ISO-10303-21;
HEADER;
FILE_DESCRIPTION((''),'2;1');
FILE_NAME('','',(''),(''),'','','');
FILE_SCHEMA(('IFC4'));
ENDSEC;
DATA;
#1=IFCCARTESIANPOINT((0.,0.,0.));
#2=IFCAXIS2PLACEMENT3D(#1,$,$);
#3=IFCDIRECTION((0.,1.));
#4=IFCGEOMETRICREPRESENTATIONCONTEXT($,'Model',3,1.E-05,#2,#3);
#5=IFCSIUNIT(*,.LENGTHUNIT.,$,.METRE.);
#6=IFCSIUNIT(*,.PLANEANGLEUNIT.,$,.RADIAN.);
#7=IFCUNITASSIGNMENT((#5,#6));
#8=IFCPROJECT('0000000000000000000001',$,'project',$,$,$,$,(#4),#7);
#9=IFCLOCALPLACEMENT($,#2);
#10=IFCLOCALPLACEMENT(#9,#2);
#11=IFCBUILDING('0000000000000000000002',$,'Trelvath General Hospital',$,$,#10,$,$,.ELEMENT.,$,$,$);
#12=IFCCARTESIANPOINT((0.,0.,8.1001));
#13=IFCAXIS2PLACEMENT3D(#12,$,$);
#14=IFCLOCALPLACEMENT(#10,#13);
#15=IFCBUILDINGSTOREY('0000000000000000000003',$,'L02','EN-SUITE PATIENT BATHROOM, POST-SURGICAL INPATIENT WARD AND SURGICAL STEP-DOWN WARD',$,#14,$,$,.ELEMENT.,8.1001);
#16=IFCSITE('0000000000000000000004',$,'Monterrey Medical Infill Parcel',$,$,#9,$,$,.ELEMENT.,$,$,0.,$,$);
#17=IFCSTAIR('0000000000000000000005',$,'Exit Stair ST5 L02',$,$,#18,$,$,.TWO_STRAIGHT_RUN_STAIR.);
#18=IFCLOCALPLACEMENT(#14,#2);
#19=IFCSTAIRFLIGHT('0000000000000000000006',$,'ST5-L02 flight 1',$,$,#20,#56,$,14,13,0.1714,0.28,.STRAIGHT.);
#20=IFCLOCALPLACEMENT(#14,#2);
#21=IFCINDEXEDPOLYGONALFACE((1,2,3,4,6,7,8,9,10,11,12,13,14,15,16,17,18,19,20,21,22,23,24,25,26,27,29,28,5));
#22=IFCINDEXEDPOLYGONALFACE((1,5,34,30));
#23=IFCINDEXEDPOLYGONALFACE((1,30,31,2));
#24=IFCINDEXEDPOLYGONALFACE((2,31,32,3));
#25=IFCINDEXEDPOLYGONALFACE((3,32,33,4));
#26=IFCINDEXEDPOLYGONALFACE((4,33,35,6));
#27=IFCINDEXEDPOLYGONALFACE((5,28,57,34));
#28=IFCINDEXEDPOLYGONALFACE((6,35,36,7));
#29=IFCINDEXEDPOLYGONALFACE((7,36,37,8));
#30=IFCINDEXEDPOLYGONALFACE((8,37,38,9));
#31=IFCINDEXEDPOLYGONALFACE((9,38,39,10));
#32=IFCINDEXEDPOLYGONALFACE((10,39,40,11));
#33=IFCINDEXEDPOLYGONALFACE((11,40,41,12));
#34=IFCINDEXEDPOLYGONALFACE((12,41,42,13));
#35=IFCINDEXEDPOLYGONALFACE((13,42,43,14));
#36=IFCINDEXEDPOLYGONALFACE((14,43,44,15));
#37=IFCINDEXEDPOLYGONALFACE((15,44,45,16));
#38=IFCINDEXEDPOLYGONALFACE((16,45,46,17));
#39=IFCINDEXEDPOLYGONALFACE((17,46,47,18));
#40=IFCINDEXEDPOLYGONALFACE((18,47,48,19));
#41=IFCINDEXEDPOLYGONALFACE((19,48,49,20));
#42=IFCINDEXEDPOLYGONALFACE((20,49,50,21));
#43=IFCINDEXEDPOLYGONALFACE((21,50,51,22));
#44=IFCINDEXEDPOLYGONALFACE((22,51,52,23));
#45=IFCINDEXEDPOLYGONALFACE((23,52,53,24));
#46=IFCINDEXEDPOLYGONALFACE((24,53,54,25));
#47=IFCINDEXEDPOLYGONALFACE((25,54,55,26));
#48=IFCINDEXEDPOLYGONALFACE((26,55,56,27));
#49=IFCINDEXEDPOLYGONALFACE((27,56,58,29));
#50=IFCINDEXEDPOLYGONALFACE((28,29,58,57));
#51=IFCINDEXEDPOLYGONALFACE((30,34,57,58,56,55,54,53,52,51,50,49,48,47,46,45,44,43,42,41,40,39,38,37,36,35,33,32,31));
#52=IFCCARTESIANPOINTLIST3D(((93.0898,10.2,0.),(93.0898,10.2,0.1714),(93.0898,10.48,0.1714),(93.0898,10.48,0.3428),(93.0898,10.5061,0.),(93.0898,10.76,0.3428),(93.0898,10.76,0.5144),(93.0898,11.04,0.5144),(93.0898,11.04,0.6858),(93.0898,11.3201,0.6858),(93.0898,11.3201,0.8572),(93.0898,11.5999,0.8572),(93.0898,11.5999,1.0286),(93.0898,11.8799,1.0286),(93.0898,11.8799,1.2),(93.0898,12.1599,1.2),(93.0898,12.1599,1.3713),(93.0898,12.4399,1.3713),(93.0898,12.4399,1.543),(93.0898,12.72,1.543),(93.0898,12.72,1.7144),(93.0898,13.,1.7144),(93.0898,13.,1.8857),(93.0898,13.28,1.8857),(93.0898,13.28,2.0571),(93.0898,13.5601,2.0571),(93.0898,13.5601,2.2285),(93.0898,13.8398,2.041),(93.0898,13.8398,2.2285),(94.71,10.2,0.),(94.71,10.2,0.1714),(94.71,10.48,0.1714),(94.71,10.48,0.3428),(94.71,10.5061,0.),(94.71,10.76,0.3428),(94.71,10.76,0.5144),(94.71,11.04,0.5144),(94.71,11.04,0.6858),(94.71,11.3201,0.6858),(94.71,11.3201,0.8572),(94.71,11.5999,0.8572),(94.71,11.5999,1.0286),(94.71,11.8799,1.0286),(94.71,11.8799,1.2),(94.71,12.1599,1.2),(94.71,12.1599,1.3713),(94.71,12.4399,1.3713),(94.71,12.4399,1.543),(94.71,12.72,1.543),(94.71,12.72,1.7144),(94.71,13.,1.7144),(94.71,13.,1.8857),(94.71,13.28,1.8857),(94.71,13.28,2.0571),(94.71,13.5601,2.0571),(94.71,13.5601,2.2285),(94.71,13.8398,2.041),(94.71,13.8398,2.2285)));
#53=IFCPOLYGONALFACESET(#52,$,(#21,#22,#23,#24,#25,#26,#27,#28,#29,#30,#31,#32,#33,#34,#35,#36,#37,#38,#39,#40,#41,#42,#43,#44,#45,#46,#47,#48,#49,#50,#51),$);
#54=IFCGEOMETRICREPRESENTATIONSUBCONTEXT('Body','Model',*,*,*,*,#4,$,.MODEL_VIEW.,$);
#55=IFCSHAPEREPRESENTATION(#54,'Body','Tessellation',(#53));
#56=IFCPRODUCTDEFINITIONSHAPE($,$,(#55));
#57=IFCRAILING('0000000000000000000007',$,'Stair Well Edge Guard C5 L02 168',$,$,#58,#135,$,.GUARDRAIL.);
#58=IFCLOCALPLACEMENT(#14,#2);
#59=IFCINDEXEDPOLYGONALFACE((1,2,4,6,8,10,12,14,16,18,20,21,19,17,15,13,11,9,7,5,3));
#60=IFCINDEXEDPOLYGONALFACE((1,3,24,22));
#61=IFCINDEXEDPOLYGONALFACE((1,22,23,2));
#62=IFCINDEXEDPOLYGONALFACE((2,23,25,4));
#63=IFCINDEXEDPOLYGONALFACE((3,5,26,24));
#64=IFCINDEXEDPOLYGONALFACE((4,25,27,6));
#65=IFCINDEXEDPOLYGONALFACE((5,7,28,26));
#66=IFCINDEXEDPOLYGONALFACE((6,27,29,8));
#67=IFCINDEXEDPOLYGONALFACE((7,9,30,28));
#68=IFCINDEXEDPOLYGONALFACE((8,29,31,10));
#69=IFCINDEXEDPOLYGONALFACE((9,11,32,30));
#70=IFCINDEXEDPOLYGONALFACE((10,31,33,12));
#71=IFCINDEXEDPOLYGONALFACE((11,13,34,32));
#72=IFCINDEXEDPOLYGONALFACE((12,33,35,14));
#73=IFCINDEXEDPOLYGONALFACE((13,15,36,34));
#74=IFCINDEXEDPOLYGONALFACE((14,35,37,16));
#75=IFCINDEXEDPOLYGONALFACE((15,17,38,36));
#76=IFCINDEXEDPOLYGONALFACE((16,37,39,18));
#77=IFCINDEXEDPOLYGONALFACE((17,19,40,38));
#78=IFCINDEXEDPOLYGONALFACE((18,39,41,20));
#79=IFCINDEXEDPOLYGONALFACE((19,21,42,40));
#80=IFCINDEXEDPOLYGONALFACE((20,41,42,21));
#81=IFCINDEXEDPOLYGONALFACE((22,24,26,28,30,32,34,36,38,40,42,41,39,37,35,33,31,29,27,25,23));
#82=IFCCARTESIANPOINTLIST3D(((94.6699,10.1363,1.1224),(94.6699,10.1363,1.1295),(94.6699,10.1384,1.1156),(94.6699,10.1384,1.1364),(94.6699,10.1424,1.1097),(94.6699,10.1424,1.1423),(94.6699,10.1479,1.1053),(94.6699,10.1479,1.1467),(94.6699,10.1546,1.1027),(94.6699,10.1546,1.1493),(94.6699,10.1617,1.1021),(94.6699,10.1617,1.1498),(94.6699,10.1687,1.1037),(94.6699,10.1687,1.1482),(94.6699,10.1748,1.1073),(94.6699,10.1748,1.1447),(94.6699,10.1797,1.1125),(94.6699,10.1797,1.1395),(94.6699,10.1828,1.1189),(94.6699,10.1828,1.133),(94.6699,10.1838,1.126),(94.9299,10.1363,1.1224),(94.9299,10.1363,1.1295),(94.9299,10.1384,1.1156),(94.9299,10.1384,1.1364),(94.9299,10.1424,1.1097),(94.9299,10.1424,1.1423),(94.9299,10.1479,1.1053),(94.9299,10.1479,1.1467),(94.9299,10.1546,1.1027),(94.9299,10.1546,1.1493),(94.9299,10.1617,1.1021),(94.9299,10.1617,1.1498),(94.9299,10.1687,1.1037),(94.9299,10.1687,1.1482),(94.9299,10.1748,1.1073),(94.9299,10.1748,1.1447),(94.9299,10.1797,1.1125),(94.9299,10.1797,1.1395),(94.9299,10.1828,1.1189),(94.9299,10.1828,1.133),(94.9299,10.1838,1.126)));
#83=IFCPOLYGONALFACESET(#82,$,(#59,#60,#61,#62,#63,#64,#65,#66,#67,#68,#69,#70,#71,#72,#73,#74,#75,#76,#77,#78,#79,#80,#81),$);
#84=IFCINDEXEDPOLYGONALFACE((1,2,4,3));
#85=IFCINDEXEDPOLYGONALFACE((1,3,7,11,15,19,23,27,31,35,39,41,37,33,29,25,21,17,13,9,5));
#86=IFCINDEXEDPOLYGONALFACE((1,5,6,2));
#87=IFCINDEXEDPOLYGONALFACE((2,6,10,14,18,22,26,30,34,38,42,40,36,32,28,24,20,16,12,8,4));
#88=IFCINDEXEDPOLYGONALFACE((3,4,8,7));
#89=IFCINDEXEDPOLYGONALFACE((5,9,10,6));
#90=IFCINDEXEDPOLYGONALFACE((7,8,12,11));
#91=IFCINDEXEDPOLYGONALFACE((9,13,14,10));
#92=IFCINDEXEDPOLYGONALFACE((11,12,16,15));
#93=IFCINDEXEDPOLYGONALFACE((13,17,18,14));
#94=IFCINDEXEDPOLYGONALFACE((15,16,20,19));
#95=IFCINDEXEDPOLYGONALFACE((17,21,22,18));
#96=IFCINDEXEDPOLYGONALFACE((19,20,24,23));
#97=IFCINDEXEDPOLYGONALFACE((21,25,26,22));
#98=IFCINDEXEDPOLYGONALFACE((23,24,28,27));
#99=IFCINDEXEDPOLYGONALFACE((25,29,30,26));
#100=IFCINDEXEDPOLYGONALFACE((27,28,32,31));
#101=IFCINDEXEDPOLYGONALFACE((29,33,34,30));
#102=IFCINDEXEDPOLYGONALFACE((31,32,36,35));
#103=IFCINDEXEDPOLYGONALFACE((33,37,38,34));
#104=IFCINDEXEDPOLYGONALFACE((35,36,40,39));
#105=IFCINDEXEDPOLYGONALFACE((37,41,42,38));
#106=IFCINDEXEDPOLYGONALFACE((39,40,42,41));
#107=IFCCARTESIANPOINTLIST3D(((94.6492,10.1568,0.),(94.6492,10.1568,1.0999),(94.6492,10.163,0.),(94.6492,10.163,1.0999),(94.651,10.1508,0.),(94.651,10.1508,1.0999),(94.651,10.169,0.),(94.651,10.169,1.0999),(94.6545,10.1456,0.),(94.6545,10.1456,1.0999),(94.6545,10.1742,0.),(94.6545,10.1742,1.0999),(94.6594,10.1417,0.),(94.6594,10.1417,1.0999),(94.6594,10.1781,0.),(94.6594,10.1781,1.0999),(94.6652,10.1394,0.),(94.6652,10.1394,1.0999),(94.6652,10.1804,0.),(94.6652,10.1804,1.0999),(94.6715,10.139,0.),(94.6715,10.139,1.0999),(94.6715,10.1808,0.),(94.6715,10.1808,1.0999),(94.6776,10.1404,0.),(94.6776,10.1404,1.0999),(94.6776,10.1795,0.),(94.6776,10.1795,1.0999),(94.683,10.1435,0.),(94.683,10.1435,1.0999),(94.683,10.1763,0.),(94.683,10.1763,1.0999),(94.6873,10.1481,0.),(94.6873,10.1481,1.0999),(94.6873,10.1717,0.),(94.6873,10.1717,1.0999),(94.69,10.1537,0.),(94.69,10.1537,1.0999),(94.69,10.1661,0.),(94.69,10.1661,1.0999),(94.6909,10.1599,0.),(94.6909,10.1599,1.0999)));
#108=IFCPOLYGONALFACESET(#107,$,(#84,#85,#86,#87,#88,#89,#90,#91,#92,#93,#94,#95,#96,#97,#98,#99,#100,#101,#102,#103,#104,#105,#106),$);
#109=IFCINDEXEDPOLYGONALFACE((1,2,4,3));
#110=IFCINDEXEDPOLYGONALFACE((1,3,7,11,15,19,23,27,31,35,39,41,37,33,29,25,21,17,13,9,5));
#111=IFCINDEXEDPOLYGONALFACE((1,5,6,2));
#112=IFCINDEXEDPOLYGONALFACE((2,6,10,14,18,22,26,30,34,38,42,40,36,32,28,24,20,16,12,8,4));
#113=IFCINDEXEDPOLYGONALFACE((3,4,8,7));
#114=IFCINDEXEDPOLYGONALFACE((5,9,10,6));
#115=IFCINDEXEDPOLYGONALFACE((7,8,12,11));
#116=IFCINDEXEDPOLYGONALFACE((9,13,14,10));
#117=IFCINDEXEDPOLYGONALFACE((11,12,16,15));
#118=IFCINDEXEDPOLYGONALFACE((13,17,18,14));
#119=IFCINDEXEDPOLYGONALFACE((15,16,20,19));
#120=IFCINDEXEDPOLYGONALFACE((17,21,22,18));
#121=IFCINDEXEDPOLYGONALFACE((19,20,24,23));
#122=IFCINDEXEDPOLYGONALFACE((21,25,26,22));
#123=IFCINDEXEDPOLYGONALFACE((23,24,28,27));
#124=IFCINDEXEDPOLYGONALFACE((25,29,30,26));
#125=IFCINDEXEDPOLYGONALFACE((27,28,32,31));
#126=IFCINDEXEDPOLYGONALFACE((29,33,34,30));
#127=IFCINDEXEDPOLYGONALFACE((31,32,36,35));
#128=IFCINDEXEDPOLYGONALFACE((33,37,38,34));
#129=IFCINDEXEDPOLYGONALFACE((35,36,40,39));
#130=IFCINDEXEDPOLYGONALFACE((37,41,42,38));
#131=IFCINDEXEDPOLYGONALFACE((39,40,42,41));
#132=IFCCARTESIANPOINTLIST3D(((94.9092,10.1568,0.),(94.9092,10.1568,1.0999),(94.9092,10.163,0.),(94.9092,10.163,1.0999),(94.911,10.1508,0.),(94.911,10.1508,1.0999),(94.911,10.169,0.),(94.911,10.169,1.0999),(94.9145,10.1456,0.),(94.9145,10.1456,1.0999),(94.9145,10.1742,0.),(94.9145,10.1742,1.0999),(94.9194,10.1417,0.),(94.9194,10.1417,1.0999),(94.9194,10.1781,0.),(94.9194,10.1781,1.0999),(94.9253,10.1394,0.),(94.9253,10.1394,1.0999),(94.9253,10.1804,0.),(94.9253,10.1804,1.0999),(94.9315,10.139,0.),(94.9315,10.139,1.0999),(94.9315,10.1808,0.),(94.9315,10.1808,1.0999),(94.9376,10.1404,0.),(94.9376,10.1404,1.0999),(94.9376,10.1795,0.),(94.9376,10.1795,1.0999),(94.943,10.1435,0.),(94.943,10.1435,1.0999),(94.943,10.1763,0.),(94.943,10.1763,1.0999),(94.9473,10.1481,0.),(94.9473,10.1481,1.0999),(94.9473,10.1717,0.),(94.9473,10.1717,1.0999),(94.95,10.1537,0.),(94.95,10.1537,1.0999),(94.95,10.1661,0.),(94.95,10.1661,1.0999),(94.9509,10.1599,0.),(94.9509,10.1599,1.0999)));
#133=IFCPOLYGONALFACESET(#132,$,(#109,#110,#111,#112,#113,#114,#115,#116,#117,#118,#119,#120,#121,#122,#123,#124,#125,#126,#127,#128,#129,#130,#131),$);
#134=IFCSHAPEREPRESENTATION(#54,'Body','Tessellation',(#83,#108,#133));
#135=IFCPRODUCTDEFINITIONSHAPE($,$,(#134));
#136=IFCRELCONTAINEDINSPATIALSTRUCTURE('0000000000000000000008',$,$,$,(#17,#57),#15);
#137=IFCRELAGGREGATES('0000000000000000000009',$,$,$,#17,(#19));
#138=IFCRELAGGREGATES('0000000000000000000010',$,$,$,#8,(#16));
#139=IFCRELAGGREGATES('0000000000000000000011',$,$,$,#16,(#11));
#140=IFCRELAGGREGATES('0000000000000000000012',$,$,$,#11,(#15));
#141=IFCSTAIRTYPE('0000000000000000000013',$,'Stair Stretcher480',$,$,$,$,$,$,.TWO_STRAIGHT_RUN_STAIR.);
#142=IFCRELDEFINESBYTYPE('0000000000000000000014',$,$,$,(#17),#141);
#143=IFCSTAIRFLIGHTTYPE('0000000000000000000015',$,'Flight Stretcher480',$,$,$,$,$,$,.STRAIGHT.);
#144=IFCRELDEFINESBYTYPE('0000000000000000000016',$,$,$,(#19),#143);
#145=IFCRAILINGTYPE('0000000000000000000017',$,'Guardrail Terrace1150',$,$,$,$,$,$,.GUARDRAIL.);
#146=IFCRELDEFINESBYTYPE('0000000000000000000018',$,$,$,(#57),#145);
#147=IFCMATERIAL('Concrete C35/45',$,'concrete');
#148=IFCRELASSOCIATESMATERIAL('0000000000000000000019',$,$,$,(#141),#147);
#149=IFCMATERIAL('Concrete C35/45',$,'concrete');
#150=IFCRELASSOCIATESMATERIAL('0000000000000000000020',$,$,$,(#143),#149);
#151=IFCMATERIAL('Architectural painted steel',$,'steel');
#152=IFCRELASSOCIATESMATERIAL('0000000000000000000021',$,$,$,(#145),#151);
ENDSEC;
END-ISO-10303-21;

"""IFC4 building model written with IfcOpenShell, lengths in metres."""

from ifc_helpers import new_model, si_unit, direction, frame, origin, origin_2d, place, context, subcontext, project, spatial, polyline, circle, outline, extrude, material, type_object, element, aggregate, save


model = new_model("IFC4")

# Units and contexts
model_context = context("Model", 3, precision=1e-05, world=origin(), true_north=direction((0.0, 1.0)))
body_context = subcontext(model_context, "Body", "Model", "MODEL_VIEW")
ifc_project = project(units=[si_unit("LENGTHUNIT", "METRE"), si_unit("PLANEANGLEUNIT", "RADIAN")], contexts=[model_context])

# Site, building, storey
site_placement = place(None, origin())
site = spatial("IfcSite", under=ifc_project, at=site_placement, Name="Monterrey Medical Infill Parcel", CompositionType="ELEMENT", RefElevation=0.0)
building_placement = place(site_placement, origin())
building = spatial("IfcBuilding", under=site, at=building_placement, Name="Trelvath General Hospital", CompositionType="ELEMENT")
storey_placement = place(building_placement, frame((0.0, 0.0, 8.1001)))
storey = spatial("IfcBuildingStorey", under=building, at=storey_placement, Name="L02", Description="EN-SUITE PATIENT BATHROOM, POST-SURGICAL INPATIENT WARD AND SURGICAL STEP-DOWN WARD", CompositionType="ELEMENT", Elevation=8.1001)

# Stair, stair flight
ifc_material_1 = material(Name="Concrete C35/45", Category="concrete")
stair_type = type_object("IfcStairType", Name="Stair Stretcher480", PredefinedType="TWO_STRAIGHT_RUN_STAIR", material=ifc_material_1)
stair_placement = place(storey_placement, origin())
stair = element("IfcStair", 1, at=stair_placement, inside=storey, type_object=stair_type, Name="Exit Stair ST5 L02", PredefinedType="TWO_STRAIGHT_RUN_STAIR")
ifc_material_2 = material(Name="Concrete C35/45", Category="concrete")
stair_flight_type = type_object("IfcStairFlightType", Name="Flight Stretcher480", PredefinedType="STRAIGHT", material=ifc_material_2)
stair_flight_placement = place(storey_placement, frame((93.8999, 10.2, 0.0), z_axis=(0.0, 0.0, 1.0), x_axis=(0.0, 1.0, 0.0)))
stair_flight = element("IfcStairFlight", 2, at=stair_flight_placement, type_object=stair_flight_type, Name="ST5-L02 flight 1", NumberOfRisers=14, NumberOfTreads=13, PredefinedType="STRAIGHT", RiserHeight=0.1714, TreadLength=0.28, context=body_context, shape_type="SweptSolid", body=[
    extrude(outline(polyline([(0.0, 0.0), (0.0, 0.1714), (0.28, 0.1714), (0.28, 0.3428), (0.5601, 0.3428), (0.5601, 0.5144), (0.8401, 0.5144), (0.8401, 0.6858), (1.1201, 0.6858), (1.1201, 0.8572), (1.3999, 0.8572), (1.3999, 1.0286), (1.6799, 1.0286), (1.6799, 1.2), (1.96, 1.2), (1.96, 1.3713), (2.24, 1.3713), (2.24, 1.543), (2.52, 1.543), (2.52, 1.7144), (2.8, 1.7144), (2.8, 1.8857), (3.0801, 1.8857), (3.0801, 2.0571), (3.3601, 2.0571), (3.3601, 2.2285), (3.6399, 2.2285), (3.6399, 2.3999), (3.6399, 2.041), (0.3062, 0.0), (0.0, 0.0)])), frame((0.0, 0.8101, 0.0), z_axis=(0.0, -1.0, 0.0), x_axis=(1.0, 0.0, 0.0)), (0.0, 0.0, 1.0), 1.6201),
])
aggregate(stair, [stair_flight])

# Railing
ifc_material_3 = material(Name="Architectural painted steel", Category="steel")
railing_type = type_object("IfcRailingType", Name="Guardrail Terrace1150", PredefinedType="GUARDRAIL", material=ifc_material_3)
railing_1_placement = place(storey_placement, frame((94.6699, 10.1599, 0.0)))
element("IfcRailing", 3, at=railing_1_placement, inside=storey, type_object=railing_type, Name="Stair Well Edge Guard C5 L02 168", PredefinedType="GUARDRAIL", context=body_context, shape_type="SweptSolid", body=[
    extrude(circle(Radius=0.0239, at=origin_2d()), frame((0.0, 0.0, 1.126), z_axis=(1.0, 0.0, 0.0), x_axis=(0.0, 1.0, 0.0)), (0.0, 0.0, 1.0), 0.26),
    extrude(circle(Radius=0.021, at=origin_2d()), origin(), (0.0, 0.0, 1.0), 1.0999),
    extrude(circle(Radius=0.021, at=origin_2d()), frame((0.26, 0.0, 0.0)), (0.0, 0.0, 1.0), 1.0999),
])

save(model, "model.ifc")
